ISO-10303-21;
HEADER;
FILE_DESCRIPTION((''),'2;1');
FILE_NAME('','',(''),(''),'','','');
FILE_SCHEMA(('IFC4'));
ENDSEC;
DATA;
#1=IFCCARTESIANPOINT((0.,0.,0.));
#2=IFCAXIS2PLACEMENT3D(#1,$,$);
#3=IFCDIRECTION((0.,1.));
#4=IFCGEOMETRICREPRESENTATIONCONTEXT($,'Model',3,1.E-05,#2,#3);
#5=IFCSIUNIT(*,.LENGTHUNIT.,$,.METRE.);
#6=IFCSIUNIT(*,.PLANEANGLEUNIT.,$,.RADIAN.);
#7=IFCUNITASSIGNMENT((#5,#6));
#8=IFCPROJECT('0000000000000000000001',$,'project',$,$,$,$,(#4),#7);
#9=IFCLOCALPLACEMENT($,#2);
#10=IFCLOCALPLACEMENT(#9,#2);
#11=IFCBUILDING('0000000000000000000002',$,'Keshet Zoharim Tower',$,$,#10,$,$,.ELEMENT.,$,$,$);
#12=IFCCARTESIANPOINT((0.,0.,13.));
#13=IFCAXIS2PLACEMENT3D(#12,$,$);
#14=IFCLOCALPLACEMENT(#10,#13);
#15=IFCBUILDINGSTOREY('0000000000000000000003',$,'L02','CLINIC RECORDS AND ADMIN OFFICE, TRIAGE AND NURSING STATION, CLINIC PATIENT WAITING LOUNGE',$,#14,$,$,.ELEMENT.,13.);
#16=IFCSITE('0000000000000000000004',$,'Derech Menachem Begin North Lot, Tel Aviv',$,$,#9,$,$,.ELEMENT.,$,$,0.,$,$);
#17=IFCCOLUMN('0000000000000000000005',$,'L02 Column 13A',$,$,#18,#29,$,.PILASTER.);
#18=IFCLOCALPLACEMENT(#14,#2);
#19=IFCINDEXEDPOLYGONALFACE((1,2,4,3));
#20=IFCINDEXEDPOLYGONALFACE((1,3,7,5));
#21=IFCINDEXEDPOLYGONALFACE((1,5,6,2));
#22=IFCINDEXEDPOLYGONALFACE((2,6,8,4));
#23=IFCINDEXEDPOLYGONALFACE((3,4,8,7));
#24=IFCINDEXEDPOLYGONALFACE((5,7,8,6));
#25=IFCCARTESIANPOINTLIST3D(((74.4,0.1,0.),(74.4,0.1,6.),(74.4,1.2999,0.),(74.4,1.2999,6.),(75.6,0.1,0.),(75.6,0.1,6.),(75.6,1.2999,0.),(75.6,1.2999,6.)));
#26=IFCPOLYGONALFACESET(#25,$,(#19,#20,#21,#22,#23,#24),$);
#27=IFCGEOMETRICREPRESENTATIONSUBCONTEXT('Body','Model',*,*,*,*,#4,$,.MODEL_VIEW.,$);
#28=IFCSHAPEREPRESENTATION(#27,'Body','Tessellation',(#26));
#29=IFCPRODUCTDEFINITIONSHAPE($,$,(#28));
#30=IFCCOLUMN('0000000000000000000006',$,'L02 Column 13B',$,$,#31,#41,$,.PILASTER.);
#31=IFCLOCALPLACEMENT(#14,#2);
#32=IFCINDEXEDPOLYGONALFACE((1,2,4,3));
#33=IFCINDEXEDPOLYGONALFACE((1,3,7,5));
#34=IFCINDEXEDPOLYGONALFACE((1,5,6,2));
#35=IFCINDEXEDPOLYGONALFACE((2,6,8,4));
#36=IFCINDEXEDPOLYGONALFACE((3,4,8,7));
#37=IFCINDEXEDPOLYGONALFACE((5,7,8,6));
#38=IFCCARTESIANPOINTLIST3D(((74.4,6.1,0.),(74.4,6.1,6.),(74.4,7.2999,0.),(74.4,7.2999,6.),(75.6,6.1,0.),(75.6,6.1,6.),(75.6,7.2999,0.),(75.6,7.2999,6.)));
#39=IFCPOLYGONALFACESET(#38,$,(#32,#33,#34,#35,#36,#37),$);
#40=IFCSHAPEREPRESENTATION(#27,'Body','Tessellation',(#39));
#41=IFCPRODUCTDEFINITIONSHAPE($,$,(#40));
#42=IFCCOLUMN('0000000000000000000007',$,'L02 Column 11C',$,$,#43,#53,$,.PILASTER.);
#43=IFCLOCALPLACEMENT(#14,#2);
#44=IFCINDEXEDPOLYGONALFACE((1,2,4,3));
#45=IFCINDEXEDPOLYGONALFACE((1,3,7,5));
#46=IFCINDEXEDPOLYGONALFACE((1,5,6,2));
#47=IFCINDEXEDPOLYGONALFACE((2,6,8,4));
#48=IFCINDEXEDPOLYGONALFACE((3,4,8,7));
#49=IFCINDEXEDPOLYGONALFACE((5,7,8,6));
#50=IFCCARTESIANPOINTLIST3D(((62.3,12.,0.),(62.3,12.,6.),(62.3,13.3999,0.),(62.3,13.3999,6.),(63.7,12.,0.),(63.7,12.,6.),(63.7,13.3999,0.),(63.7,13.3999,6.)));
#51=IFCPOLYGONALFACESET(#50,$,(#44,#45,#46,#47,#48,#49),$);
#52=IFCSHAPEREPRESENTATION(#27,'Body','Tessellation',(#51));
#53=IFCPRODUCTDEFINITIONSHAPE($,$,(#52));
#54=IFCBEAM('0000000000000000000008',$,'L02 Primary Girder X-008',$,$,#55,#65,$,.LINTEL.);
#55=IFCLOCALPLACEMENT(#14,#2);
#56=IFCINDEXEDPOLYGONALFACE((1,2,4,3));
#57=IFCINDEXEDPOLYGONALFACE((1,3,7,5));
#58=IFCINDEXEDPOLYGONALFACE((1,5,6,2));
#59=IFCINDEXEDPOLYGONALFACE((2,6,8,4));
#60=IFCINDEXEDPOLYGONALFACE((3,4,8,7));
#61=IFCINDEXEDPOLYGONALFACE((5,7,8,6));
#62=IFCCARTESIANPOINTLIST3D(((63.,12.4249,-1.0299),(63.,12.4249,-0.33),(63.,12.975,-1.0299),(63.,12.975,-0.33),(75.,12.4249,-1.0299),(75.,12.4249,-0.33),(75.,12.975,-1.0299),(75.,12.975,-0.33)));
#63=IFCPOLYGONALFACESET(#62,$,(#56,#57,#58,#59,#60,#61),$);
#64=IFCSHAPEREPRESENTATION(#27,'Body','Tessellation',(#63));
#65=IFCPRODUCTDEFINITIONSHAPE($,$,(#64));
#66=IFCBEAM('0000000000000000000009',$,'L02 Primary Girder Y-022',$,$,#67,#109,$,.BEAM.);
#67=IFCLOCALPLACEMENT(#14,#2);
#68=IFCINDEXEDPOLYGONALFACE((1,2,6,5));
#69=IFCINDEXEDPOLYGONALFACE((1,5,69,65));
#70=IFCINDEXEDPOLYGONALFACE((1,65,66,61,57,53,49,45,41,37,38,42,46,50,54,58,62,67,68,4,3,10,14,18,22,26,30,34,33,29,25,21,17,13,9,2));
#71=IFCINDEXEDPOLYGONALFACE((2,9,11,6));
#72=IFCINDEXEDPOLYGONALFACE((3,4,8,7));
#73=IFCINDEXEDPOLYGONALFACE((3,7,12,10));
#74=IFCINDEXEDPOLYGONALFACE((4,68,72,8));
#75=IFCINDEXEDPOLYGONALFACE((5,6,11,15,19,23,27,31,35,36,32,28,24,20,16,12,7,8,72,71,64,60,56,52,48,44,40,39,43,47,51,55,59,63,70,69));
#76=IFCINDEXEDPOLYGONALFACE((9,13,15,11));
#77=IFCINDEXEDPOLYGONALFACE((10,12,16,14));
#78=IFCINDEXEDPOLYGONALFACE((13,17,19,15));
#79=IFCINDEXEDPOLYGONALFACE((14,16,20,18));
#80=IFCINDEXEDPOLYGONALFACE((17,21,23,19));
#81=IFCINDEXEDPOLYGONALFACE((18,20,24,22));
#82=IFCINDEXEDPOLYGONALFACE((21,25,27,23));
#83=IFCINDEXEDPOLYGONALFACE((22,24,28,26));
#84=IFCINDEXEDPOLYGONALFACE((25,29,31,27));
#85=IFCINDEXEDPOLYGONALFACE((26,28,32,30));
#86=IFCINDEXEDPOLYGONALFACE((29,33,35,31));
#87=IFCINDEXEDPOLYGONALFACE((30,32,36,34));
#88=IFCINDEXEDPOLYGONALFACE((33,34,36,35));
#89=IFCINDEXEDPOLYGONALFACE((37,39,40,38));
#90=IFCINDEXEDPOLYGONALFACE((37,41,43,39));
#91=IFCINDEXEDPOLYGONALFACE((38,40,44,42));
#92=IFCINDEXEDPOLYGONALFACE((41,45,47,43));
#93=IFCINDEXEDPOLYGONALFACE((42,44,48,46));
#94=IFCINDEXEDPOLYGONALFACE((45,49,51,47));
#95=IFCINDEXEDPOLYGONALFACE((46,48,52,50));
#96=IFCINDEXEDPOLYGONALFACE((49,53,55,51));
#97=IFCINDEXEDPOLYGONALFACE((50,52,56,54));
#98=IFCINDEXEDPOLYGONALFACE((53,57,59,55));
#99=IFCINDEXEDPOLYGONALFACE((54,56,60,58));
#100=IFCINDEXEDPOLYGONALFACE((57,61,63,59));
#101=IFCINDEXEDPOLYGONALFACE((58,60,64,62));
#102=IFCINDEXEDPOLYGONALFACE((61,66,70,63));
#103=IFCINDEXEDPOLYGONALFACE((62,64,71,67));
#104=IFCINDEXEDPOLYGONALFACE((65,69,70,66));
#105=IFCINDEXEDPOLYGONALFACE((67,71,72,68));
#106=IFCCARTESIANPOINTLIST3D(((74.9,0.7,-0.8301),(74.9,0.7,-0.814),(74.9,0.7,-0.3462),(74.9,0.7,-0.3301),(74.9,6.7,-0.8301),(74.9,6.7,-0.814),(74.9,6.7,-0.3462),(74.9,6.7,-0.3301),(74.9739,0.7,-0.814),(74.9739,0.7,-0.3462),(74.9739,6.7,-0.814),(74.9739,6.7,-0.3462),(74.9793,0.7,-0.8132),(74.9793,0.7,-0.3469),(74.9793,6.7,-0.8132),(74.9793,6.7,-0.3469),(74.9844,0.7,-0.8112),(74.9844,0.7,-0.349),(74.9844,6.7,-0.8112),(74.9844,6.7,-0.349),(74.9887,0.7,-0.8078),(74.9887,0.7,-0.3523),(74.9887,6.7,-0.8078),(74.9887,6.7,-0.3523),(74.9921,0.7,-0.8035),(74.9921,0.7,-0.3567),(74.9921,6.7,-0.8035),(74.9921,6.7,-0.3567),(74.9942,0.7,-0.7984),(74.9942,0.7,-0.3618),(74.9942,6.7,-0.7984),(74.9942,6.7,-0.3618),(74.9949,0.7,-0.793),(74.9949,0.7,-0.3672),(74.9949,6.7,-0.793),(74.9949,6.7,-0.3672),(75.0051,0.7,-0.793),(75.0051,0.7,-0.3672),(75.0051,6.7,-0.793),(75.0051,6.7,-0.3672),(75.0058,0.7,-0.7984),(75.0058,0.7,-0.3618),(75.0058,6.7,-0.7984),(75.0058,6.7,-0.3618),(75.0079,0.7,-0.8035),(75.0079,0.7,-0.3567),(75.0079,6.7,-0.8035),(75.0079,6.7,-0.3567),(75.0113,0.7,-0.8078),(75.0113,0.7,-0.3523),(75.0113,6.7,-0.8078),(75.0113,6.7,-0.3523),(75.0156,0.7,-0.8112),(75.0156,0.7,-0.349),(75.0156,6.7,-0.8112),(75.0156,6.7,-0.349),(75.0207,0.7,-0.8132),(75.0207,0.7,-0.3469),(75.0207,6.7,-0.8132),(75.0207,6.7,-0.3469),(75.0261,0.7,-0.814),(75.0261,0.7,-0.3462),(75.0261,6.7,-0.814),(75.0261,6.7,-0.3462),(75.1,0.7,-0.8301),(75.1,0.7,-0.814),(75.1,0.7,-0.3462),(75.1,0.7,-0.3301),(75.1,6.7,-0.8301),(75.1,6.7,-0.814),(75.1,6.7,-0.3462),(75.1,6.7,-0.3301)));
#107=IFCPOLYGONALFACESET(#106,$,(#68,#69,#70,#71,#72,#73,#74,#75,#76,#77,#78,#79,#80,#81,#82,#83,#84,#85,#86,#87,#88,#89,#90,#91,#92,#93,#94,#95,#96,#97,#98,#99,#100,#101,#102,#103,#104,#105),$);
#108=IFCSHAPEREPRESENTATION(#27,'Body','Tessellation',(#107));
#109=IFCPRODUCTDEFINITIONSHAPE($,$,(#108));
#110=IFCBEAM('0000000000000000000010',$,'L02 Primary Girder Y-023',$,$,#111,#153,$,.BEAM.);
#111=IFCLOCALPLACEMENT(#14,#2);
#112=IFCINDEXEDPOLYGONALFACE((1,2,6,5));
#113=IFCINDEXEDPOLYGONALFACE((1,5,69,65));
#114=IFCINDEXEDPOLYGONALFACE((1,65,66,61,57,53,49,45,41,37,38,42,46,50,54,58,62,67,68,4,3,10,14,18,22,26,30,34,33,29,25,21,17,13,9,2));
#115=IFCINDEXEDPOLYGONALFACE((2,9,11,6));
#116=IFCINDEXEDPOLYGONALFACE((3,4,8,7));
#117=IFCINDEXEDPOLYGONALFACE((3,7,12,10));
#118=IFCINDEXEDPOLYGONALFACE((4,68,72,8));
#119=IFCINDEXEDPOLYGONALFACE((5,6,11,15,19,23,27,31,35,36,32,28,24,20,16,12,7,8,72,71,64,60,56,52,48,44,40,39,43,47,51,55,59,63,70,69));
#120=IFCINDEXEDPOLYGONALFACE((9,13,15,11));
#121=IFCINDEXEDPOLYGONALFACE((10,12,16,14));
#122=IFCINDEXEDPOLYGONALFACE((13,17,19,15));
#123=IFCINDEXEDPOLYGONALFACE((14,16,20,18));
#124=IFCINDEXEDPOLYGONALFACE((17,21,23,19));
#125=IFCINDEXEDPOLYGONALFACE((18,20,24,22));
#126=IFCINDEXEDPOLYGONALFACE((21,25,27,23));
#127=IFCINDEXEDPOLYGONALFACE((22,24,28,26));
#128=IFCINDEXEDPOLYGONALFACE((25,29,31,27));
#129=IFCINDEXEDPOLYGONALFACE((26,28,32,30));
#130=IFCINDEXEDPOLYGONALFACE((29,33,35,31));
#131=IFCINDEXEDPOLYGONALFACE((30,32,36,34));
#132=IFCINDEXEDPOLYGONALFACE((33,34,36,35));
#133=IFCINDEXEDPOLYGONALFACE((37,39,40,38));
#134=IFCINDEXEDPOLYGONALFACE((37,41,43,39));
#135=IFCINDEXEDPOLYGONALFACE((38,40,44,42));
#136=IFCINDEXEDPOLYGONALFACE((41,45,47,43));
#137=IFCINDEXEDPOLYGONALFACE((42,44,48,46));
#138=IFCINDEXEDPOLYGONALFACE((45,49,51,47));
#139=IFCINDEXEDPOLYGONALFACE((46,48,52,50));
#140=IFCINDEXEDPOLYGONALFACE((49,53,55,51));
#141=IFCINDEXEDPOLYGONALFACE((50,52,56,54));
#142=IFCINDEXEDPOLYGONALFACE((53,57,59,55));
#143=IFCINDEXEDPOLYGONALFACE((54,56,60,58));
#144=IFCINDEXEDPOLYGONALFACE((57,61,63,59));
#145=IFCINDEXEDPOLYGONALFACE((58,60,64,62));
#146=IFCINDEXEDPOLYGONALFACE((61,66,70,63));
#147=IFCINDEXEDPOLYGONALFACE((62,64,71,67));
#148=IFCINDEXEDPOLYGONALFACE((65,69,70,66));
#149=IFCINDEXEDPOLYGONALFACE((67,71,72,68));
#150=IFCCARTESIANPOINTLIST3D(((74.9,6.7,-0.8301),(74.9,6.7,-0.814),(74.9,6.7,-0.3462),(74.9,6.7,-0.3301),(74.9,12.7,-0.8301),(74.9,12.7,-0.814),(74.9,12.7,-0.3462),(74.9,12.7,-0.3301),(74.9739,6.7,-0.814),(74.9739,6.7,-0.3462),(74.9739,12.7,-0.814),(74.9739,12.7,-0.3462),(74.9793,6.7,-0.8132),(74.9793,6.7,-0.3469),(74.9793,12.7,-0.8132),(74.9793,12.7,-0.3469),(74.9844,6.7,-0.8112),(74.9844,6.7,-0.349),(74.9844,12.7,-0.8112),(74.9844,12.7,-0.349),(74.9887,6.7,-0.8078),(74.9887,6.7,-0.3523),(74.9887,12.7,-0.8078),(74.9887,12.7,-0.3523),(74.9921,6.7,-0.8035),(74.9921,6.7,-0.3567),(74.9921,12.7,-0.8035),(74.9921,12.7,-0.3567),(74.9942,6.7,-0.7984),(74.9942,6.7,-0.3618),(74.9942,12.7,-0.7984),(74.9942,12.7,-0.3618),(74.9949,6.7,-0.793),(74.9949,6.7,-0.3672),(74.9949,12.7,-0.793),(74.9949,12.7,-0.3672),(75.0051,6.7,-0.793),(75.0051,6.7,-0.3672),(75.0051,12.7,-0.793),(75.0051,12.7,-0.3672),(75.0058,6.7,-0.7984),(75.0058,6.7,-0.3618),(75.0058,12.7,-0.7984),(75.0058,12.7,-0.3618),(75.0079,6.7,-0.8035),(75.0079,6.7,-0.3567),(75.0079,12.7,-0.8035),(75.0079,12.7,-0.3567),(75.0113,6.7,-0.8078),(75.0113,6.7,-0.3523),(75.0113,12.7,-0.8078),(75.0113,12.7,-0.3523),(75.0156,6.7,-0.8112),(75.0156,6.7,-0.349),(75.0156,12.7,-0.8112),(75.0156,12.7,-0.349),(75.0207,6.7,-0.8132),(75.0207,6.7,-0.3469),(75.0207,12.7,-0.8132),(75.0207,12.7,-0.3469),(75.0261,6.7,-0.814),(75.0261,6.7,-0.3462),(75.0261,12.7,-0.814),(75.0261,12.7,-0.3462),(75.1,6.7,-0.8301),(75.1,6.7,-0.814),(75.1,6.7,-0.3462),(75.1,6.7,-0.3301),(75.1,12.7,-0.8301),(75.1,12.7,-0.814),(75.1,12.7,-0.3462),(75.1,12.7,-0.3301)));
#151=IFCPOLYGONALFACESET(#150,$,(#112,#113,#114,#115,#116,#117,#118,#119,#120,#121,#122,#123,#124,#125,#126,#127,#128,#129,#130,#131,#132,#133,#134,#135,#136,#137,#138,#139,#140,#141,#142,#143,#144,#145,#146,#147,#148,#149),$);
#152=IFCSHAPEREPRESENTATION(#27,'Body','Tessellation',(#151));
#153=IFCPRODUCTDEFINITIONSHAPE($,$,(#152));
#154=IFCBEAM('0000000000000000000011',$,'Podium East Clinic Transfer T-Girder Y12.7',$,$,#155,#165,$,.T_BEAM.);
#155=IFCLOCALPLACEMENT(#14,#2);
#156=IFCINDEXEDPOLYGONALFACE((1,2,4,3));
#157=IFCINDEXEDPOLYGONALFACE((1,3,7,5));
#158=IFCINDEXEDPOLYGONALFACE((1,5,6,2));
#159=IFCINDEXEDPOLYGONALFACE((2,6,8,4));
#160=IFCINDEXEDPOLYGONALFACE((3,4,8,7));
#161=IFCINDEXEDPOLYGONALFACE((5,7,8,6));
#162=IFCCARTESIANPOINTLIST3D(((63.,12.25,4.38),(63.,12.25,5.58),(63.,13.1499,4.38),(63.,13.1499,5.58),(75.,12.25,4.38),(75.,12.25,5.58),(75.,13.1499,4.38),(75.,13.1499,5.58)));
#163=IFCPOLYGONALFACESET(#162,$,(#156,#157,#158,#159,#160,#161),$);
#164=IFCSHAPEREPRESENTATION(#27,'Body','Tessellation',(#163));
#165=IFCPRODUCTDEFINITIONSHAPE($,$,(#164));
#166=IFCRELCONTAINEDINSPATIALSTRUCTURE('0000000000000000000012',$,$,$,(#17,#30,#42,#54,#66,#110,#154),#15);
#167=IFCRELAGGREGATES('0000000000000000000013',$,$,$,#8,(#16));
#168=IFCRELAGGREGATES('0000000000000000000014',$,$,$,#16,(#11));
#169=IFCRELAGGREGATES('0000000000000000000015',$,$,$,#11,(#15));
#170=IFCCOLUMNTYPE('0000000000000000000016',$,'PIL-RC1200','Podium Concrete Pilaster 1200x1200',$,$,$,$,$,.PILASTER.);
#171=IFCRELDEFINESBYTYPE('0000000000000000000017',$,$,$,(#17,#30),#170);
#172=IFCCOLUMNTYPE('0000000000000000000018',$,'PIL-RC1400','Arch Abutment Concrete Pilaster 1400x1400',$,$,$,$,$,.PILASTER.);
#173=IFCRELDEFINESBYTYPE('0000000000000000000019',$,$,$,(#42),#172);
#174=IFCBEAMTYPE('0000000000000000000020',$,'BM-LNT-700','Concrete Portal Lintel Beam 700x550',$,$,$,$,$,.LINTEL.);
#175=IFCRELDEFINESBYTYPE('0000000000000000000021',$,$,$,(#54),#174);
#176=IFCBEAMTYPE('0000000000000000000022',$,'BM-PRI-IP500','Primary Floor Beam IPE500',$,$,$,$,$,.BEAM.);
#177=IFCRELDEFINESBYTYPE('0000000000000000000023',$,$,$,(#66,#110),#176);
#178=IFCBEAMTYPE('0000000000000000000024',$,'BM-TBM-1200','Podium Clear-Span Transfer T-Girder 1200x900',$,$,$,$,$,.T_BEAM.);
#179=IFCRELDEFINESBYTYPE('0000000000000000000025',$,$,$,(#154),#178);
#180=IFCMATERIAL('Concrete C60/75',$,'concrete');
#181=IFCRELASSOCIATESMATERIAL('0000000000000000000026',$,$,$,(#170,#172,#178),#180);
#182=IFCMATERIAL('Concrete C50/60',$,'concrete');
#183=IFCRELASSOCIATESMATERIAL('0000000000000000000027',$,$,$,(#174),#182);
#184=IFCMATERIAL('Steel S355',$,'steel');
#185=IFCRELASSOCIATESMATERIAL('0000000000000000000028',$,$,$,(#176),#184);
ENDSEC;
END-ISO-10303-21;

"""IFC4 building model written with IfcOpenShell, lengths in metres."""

from ifc_helpers import new_model, si_unit, direction, frame, origin, origin_2d, place, context, subcontext, project, spatial, rectangle, i_section, extrude, material, material_profile, profile_set, type_object, element, save


model = new_model("IFC4")

# Units and contexts
model_context = context("Model", 3, precision=1e-05, world=origin(), true_north=direction((0.0, 1.0)))
body_context = subcontext(model_context, "Body", "Model", "MODEL_VIEW")
ifc_project = project(units=[si_unit("LENGTHUNIT", "METRE"), si_unit("PLANEANGLEUNIT", "RADIAN")], contexts=[model_context])

# Site, building, storey
site_placement = place(None, origin())
site = spatial("IfcSite", under=ifc_project, at=site_placement, Name="Derech Menachem Begin North Lot, Tel Aviv", CompositionType="ELEMENT", RefElevation=0.0)
building_placement = place(site_placement, origin())
building = spatial("IfcBuilding", under=site, at=building_placement, Name="Keshet Zoharim Tower", CompositionType="ELEMENT")
storey_placement = place(building_placement, frame((0.0, 0.0, 13.0)))
storey = spatial("IfcBuildingStorey", under=building, at=storey_placement, Name="L02", Description="CLINIC RECORDS AND ADMIN OFFICE, TRIAGE AND NURSING STATION, CLINIC PATIENT WAITING LOUNGE", CompositionType="ELEMENT", Elevation=13.0)

# Columns
ifc_material_1 = material(Name="Concrete C60/75", Category="concrete")
ifc_material_profile_1 = material_profile(ifc_material_1, rectangle(XDim=1.2, YDim=1.2, at=origin_2d()), Name="RC1200x1200")
ifc_profile_set_1 = profile_set([ifc_material_profile_1], Name="Concrete C60/75")
column_type_1 = type_object("IfcColumnType", Name="PIL-RC1200", Description="Podium Concrete Pilaster 1200x1200", PredefinedType="PILASTER", material=ifc_profile_set_1)
for number, where, z_axis, x_axis, name in (
    (1, (75.0, 0.7, 0.0), (0.0, 0.0, 1.0), (1.0, 0.0, 0.0), "L02 Column 13A"),
    (2, (75.0, 6.7, 0.0), (0.0, 0.0, 1.0), (1.0, 0.0, 0.0), "L02 Column 13B"),
):
    element("IfcColumn", number, at=place(storey_placement, frame(where, z_axis=z_axis, x_axis=x_axis)), inside=storey, type_object=column_type_1, Name=name, PredefinedType="PILASTER", context=body_context, shape_type="SweptSolid", body=[
        extrude(rectangle(XDim=1.2, YDim=1.2, at=origin_2d()), origin(), (0.0, 0.0, 1.0), 6.0),
    ])
ifc_material_profile_2 = material_profile(ifc_material_1, rectangle(XDim=1.3999, YDim=1.3999, at=origin_2d()), Name="RC1400x1400")
ifc_profile_set_2 = profile_set([ifc_material_profile_2], Name="Concrete C60/75")
column_type_2 = type_object("IfcColumnType", Name="PIL-RC1400", Description="Arch Abutment Concrete Pilaster 1400x1400", PredefinedType="PILASTER", material=ifc_profile_set_2)
column_placement = place(storey_placement, frame((63.0, 12.7, 0.0), z_axis=(0.0, 0.0, 1.0), x_axis=(1.0, 0.0, 0.0)))
element("IfcColumn", 3, at=column_placement, inside=storey, type_object=column_type_2, Name="L02 Column 11C", PredefinedType="PILASTER", context=body_context, shape_type="SweptSolid", body=[
    extrude(rectangle(XDim=1.3999, YDim=1.3999, at=origin_2d()), origin(), (0.0, 0.0, 1.0), 6.0),
])

# Beams
ifc_material_2 = material(Name="Concrete C50/60", Category="concrete")
ifc_material_profile_3 = material_profile(ifc_material_2, rectangle(XDim=0.55, YDim=0.7, at=origin_2d()), Name="RC700x550")
ifc_profile_set_3 = profile_set([ifc_material_profile_3], Name="Concrete C50/60")
beam_type_1 = type_object("IfcBeamType", Name="BM-LNT-700", Description="Concrete Portal Lintel Beam 700x550", PredefinedType="LINTEL", material=ifc_profile_set_3)
beam_1_placement = place(storey_placement, frame((63.0, 12.7, -0.6799), z_axis=(1.0, 0.0, 0.0), x_axis=(0.0, 1.0, 0.0)))
element("IfcBeam", 4, at=beam_1_placement, inside=storey, type_object=beam_type_1, Name="L02 Primary Girder X-008", PredefinedType="LINTEL", context=body_context, shape_type="SweptSolid", body=[
    extrude(rectangle(XDim=0.55, YDim=0.7, at=origin_2d()), origin(), (0.0, 0.0, 1.0), 12.0),
])
ifc_material_3 = material(Name="Steel S355", Category="steel")
ifc_material_profile_4 = material_profile(ifc_material_3, i_section(OverallWidth=0.2, OverallDepth=0.5, WebThickness=0.0103, FlangeThickness=0.0161, FilletRadius=0.021, at=origin_2d()), Name="IPE500")
ifc_profile_set_4 = profile_set([ifc_material_profile_4], Name="Steel S355")
beam_type_2 = type_object("IfcBeamType", Name="BM-PRI-IP500", Description="Primary Floor Beam IPE500", PredefinedType="BEAM", material=ifc_profile_set_4)
for number, where, z_axis, x_axis, name in (
    (5, (75.0, 0.7, -0.5801), (0.0, 1.0, 0.0), (-1.0, 0.0, 0.0), "L02 Primary Girder Y-022"),
    (6, (75.0, 6.7, -0.5801), (0.0, 1.0, 0.0), (-1.0, 0.0, 0.0), "L02 Primary Girder Y-023"),
):
    element("IfcBeam", number, at=place(storey_placement, frame(where, z_axis=z_axis, x_axis=x_axis)), inside=storey, type_object=beam_type_2, Name=name, PredefinedType="BEAM", context=body_context, shape_type="SweptSolid", body=[
        extrude(i_section(OverallWidth=0.2, OverallDepth=0.5, WebThickness=0.0103, FlangeThickness=0.0161, FilletRadius=0.021, at=origin_2d()), origin(), (0.0, 0.0, 1.0), 6.0),
    ])
ifc_material_profile_5 = material_profile(ifc_material_1, rectangle(XDim=0.8999, YDim=1.2, at=origin_2d()), Name="RC1200x900")
ifc_profile_set_5 = profile_set([ifc_material_profile_5], Name="Concrete C60/75")
beam_type_3 = type_object("IfcBeamType", Name="BM-TBM-1200", Description="Podium Clear-Span Transfer T-Girder 1200x900", PredefinedType="T_BEAM", material=ifc_profile_set_5)
beam_2_placement = place(storey_placement, frame((63.0, 12.7, 4.98), z_axis=(1.0, 0.0, 0.0), x_axis=(0.0, 1.0, 0.0)))
element("IfcBeam", 7, at=beam_2_placement, inside=storey, type_object=beam_type_3, Name="Podium East Clinic Transfer T-Girder Y12.7", PredefinedType="T_BEAM", context=body_context, shape_type="SweptSolid", body=[
    extrude(rectangle(XDim=0.8999, YDim=1.2, at=origin_2d()), origin(), (0.0, 0.0, 1.0), 12.0),
])

save(model, "model.ifc")
